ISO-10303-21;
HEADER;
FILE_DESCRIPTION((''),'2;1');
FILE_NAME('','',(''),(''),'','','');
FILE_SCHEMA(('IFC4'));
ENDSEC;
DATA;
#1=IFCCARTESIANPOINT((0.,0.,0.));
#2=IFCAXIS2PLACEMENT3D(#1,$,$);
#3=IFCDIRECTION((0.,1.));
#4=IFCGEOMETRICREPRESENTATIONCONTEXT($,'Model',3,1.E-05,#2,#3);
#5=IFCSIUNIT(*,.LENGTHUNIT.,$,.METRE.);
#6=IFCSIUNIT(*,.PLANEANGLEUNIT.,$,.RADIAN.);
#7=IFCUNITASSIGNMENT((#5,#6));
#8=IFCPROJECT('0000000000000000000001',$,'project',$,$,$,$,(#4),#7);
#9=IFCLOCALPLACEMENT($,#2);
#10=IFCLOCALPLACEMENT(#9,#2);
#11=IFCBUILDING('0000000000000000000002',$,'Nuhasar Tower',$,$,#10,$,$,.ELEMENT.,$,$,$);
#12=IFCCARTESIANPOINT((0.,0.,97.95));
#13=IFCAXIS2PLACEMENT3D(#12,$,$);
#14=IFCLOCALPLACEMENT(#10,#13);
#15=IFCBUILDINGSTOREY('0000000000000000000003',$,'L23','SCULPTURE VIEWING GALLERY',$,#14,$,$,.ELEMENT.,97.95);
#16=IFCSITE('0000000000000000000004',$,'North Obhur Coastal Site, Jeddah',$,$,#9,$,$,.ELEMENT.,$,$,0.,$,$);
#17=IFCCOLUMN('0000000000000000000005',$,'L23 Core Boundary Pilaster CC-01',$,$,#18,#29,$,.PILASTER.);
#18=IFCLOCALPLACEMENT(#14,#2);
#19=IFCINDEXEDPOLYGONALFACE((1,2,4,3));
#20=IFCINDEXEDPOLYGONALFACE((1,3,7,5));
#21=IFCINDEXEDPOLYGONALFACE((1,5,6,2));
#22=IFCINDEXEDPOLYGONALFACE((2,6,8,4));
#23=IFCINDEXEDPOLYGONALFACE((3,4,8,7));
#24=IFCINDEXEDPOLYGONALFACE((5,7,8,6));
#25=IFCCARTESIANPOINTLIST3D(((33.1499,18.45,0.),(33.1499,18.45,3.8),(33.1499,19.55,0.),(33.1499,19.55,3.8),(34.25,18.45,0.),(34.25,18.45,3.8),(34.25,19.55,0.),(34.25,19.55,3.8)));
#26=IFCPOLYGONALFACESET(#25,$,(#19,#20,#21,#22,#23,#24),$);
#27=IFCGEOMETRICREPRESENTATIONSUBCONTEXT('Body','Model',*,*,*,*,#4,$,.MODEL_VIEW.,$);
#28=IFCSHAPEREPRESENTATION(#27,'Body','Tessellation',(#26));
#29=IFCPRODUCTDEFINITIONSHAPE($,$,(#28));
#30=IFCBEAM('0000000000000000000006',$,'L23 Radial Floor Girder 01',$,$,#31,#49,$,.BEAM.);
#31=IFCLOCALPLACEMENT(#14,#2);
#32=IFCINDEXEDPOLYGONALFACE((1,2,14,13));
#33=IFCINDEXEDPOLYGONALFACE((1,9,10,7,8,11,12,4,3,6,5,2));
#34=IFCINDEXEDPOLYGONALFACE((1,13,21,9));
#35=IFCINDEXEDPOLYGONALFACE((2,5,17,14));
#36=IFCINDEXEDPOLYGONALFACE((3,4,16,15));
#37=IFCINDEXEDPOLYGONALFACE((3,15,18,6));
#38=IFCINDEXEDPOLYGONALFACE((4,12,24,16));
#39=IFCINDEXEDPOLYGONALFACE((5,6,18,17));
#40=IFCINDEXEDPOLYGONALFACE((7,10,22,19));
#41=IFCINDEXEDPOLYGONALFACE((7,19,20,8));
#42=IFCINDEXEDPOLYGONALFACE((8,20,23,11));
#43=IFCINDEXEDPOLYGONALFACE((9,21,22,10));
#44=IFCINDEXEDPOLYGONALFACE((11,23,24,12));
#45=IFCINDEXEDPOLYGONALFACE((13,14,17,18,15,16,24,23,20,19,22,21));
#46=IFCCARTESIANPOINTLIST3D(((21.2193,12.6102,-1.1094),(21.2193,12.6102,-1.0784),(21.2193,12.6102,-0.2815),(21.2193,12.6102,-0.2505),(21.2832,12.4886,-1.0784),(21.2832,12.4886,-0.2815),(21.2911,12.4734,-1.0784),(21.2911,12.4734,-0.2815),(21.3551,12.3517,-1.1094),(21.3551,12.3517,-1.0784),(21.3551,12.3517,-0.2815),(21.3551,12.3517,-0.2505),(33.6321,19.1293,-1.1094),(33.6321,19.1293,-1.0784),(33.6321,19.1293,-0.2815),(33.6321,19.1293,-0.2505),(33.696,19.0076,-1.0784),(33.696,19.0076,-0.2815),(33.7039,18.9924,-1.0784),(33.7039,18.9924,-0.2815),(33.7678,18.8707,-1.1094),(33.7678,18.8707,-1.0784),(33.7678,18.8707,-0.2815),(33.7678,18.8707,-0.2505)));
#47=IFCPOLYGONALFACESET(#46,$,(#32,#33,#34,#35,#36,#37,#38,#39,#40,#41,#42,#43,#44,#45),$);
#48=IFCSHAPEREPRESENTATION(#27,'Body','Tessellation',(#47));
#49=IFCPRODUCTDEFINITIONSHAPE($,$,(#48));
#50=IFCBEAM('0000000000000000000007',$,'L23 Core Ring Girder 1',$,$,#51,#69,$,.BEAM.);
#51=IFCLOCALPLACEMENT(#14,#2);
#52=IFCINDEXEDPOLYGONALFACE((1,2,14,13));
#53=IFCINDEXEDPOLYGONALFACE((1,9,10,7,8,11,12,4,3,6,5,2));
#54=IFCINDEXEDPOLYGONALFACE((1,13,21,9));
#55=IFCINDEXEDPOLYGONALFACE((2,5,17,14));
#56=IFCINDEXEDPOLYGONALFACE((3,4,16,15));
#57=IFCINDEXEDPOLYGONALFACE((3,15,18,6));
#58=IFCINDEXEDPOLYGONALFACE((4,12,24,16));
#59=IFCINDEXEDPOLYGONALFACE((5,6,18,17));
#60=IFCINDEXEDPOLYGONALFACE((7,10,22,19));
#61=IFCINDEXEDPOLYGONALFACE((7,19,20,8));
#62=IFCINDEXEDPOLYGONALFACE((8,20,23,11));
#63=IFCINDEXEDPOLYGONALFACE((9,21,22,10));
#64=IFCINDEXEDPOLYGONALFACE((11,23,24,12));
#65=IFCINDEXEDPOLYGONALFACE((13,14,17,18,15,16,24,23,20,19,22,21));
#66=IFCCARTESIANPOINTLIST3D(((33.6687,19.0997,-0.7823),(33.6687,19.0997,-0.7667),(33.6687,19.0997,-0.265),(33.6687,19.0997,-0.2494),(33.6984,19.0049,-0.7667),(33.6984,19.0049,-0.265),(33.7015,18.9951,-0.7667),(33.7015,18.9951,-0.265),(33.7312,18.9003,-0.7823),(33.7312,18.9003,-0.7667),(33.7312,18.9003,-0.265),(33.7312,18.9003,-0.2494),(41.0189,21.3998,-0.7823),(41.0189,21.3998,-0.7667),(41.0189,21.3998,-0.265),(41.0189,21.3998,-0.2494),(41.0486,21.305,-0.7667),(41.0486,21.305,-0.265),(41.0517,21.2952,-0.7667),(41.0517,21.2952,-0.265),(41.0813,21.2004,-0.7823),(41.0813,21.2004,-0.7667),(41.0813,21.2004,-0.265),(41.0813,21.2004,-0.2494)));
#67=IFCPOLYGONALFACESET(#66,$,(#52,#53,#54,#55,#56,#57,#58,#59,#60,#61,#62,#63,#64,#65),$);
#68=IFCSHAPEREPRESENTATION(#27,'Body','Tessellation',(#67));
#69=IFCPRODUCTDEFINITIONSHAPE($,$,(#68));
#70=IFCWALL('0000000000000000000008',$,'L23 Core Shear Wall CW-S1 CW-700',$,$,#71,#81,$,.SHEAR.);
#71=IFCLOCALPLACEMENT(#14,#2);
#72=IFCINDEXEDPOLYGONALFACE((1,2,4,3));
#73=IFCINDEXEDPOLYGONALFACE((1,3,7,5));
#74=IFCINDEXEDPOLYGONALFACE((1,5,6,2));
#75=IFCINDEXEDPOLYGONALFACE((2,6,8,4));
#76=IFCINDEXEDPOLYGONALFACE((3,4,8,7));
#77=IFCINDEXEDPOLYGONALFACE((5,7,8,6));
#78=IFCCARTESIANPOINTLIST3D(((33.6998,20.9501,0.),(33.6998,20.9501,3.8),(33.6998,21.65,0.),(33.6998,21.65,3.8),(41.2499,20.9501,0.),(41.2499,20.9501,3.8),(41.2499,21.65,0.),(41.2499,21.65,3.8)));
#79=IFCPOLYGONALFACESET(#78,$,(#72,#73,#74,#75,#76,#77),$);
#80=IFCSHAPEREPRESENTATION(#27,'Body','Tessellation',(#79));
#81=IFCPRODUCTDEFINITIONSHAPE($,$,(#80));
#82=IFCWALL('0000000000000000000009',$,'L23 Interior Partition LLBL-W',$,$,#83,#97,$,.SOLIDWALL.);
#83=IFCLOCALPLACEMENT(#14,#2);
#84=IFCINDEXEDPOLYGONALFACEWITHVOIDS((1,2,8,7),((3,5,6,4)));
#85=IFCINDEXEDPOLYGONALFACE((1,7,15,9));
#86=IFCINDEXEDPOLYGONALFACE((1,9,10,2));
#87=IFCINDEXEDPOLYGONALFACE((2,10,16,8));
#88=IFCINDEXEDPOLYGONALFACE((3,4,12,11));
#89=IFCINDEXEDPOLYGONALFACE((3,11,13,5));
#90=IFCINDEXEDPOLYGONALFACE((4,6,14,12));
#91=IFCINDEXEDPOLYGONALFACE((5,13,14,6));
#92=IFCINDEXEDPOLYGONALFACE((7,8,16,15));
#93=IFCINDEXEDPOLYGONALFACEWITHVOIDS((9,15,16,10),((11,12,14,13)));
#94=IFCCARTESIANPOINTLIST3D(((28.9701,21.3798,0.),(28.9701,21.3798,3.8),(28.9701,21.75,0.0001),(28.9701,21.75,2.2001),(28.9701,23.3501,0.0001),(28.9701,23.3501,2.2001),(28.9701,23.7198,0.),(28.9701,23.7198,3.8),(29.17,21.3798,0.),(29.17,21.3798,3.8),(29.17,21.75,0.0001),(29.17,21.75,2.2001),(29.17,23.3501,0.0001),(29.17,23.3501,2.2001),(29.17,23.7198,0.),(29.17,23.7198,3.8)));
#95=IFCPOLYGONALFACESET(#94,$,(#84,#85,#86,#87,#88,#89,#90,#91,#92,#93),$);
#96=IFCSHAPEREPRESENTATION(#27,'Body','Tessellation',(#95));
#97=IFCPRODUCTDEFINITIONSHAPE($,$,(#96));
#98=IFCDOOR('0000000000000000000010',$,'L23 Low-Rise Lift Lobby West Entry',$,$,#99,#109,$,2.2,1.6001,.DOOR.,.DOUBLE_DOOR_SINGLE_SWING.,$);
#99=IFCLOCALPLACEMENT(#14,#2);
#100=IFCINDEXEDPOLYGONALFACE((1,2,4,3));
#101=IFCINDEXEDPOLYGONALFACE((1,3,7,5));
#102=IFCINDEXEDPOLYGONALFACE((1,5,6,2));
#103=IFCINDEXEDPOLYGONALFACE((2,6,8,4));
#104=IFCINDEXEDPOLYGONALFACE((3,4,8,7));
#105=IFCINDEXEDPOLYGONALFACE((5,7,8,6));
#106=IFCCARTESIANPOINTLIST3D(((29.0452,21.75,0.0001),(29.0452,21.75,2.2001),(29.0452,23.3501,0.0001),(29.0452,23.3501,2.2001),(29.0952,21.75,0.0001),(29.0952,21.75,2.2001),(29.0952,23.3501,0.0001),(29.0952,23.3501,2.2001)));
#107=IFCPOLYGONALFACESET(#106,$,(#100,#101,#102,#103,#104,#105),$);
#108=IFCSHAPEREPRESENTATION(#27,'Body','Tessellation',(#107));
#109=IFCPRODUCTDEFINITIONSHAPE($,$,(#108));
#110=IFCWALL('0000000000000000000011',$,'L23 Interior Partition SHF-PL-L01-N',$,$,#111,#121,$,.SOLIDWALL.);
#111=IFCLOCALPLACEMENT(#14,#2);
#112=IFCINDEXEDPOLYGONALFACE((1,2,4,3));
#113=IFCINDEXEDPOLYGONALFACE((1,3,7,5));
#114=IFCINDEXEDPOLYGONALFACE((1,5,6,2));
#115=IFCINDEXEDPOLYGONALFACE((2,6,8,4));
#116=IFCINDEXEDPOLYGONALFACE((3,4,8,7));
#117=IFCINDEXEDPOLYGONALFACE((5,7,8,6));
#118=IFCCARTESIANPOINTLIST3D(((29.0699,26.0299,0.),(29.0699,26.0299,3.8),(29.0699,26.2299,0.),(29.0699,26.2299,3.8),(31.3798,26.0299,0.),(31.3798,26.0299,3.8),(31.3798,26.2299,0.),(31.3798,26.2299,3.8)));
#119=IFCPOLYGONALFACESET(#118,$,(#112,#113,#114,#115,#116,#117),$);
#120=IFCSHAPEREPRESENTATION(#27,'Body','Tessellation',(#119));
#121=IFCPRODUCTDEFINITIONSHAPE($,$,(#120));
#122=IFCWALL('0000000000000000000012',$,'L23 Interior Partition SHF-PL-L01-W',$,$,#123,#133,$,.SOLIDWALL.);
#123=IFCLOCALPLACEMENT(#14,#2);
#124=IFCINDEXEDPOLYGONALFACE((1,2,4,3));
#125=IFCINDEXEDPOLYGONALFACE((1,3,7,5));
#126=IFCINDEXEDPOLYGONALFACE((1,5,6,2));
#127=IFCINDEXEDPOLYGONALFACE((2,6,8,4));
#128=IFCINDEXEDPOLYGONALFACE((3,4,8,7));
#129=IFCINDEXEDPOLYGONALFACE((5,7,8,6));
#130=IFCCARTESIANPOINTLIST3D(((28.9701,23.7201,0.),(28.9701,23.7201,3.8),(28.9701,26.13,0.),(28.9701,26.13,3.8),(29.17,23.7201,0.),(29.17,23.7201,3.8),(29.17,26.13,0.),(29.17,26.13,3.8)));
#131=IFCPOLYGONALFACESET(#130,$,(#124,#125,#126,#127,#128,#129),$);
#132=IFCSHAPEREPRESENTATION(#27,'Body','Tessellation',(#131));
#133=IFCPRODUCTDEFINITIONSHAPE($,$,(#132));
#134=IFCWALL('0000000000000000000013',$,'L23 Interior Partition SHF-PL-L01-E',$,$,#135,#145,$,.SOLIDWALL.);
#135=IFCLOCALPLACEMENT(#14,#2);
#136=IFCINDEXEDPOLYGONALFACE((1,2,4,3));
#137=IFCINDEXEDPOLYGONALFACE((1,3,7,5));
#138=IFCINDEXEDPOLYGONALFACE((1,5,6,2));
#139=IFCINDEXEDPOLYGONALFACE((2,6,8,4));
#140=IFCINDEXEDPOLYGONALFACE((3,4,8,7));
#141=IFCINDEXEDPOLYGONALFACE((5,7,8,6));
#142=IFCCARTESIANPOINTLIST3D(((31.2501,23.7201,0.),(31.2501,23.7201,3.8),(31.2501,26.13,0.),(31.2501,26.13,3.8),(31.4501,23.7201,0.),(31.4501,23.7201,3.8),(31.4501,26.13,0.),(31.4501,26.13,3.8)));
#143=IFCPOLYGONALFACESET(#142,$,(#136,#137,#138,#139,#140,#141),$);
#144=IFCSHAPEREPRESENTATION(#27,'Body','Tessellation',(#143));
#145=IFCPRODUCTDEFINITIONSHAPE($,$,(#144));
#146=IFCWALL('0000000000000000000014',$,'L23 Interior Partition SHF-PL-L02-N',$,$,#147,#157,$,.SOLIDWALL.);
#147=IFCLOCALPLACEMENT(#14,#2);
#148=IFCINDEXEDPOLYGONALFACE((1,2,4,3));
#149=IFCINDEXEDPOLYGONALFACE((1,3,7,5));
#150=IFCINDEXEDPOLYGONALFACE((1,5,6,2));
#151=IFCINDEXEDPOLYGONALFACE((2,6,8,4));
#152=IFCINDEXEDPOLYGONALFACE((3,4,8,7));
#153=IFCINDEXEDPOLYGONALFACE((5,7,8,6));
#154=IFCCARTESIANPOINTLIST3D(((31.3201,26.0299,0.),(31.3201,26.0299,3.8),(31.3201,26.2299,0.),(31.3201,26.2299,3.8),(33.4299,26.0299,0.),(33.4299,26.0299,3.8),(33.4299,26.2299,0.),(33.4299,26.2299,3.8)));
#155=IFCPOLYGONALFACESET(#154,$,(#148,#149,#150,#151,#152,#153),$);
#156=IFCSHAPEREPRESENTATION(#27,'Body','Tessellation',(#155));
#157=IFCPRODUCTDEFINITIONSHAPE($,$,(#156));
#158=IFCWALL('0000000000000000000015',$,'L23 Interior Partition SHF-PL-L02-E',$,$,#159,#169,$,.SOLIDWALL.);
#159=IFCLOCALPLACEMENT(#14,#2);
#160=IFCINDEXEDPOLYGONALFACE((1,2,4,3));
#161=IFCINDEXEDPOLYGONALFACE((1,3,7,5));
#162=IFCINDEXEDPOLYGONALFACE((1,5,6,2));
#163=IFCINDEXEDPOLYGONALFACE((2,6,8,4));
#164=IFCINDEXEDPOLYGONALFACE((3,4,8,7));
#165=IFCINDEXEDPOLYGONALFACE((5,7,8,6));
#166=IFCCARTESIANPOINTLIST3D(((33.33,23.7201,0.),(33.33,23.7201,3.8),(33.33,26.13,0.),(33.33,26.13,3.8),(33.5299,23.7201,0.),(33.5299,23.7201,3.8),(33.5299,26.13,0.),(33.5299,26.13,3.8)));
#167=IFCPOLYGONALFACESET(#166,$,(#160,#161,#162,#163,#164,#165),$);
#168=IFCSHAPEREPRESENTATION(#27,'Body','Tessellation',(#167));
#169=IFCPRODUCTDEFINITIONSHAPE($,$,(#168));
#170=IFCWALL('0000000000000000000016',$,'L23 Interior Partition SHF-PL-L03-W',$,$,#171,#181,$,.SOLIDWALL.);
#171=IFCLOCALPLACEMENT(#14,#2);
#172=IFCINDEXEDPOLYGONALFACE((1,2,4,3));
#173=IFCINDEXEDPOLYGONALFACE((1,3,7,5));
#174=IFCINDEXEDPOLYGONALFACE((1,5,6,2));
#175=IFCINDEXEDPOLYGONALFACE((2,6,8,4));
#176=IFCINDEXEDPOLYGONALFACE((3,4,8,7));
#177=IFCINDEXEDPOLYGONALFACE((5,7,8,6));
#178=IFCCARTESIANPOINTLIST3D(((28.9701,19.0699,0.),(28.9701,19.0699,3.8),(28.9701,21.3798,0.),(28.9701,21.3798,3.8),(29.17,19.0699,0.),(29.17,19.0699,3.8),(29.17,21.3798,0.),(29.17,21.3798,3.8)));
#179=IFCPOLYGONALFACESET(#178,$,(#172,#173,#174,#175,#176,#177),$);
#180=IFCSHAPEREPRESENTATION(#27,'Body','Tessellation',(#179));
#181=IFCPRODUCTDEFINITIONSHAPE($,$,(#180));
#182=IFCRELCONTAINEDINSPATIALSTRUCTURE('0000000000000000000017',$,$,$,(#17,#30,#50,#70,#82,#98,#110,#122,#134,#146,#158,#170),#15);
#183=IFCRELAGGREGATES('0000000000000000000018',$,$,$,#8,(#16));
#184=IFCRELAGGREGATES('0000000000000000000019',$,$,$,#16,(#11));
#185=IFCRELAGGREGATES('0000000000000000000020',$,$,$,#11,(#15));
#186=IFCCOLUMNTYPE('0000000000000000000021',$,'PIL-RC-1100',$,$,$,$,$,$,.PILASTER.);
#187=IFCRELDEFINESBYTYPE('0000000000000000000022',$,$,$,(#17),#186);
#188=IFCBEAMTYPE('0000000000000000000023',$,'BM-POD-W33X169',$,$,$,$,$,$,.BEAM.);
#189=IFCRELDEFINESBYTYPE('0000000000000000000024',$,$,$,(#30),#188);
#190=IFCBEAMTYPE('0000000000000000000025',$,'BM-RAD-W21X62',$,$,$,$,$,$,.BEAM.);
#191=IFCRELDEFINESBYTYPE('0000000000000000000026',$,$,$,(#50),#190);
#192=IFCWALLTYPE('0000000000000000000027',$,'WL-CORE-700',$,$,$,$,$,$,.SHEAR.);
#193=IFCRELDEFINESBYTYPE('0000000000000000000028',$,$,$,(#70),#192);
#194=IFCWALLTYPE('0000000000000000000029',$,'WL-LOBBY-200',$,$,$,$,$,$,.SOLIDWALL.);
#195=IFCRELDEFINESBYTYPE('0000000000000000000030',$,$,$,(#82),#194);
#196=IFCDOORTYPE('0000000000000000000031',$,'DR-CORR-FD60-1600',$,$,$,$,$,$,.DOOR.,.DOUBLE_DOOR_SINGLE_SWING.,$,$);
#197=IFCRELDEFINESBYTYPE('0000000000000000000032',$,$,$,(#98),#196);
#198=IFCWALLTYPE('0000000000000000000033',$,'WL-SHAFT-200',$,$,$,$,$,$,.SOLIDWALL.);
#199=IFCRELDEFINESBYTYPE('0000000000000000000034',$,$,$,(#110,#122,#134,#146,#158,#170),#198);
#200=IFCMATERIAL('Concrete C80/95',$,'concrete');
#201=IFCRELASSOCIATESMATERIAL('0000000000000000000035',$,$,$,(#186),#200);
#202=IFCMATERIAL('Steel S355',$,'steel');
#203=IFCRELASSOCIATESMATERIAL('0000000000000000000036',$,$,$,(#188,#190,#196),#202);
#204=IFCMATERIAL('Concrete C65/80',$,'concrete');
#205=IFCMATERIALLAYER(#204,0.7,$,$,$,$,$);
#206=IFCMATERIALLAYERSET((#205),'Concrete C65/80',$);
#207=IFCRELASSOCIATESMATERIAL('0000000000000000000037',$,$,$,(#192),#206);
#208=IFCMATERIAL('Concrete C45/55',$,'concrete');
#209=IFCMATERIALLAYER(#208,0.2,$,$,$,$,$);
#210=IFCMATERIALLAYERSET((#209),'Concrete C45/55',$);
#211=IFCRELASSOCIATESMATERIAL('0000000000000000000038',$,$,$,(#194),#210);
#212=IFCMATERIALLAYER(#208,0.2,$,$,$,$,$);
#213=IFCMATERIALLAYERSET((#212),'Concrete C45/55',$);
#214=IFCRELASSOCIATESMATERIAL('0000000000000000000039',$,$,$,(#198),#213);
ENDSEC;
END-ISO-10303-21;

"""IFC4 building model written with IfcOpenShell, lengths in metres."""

from ifc_helpers import new_model, si_unit, direction, frame, frame_2d, origin, origin_2d, place, context, subcontext, project, spatial, rectangle, i_section, extrude, material, layer, layer_set, material_profile, profile_set, type_object, element, fill, save


model = new_model("IFC4")

# Units and contexts
model_context = context("Model", 3, precision=1e-05, world=origin(), true_north=direction((0.0, 1.0)))
body_context = subcontext(model_context, "Body", "Model", "MODEL_VIEW")
ifc_project = project(units=[si_unit("LENGTHUNIT", "METRE"), si_unit("PLANEANGLEUNIT", "RADIAN")], contexts=[model_context])

# Site, building, storey
site_placement = place(None, origin())
site = spatial("IfcSite", under=ifc_project, at=site_placement, Name="North Obhur Coastal Site, Jeddah", CompositionType="ELEMENT", RefElevation=0.0)
building_placement = place(site_placement, origin())
building = spatial("IfcBuilding", under=site, at=building_placement, Name="Nuhasar Tower", CompositionType="ELEMENT")
storey_placement = place(building_placement, frame((0.0, 0.0, 97.95)))
storey = spatial("IfcBuildingStorey", under=building, at=storey_placement, Name="L23", Description="SCULPTURE VIEWING GALLERY", CompositionType="ELEMENT", Elevation=97.95)

# Column
ifc_material_1 = material(Name="Concrete C80/95", Category="concrete")
ifc_material_profile_1 = material_profile(ifc_material_1, rectangle(XDim=1.1001, YDim=1.1001, at=origin_2d()), Name="RC1100X1100")
ifc_profile_set_1 = profile_set([ifc_material_profile_1], Name="Concrete C80/95")
column_type = type_object("IfcColumnType", Name="PIL-RC-1100", PredefinedType="PILASTER", material=ifc_profile_set_1)
column_placement = place(storey_placement, frame((33.7, 19.0, 0.0), z_axis=(0.0, 0.0, 1.0), x_axis=(1.0, 0.0, 0.0)))
element("IfcColumn", 1, at=column_placement, inside=storey, type_object=column_type, Name="L23 Core Boundary Pilaster CC-01", PredefinedType="PILASTER", context=body_context, shape_type="SweptSolid", body=[
    extrude(rectangle(XDim=1.1001, YDim=1.1001, at=origin_2d()), origin(), (0.0, 0.0, 1.0), 3.8),
])

# Beams
ifc_material_2 = material(Name="Steel S355", Category="steel")
ifc_material_profile_2 = material_profile(ifc_material_2, i_section(OverallWidth=0.292, OverallDepth=0.8589, WebThickness=0.0171, FlangeThickness=0.031, at=origin_2d()), Name="W33X169")
ifc_profile_set_2 = profile_set([ifc_material_profile_2], Name="Steel S355")
beam_type_1 = type_object("IfcBeamType", Name="BM-POD-W33X169", PredefinedType="BEAM", material=ifc_profile_set_2)
beam_1_placement = place(storey_placement, frame((33.7, 19.0, -0.6799), z_axis=(-0.88533, -0.464963, 0.0), x_axis=(0.464963, -0.88533, 0.0)))
element("IfcBeam", 2, at=beam_1_placement, inside=storey, type_object=beam_type_1, Name="L23 Radial Floor Girder 01", PredefinedType="BEAM", context=body_context, shape_type="SweptSolid", body=[
    extrude(i_section(OverallWidth=0.292, OverallDepth=0.8589, WebThickness=0.0171, FlangeThickness=0.031, at=origin_2d()), origin(), (0.0, 0.0, 1.0), 14.0205),
])
ifc_material_profile_3 = material_profile(ifc_material_2, i_section(OverallWidth=0.209, OverallDepth=0.533, WebThickness=0.0103, FlangeThickness=0.0156, at=origin_2d()), Name="W21X62")
ifc_profile_set_3 = profile_set([ifc_material_profile_3], Name="Steel S355")
beam_type_2 = type_object("IfcBeamType", Name="BM-RAD-W21X62", PredefinedType="BEAM", material=ifc_profile_set_3)
beam_2_placement = place(storey_placement, frame((33.7, 19.0, -0.5159), z_axis=(0.954364, 0.298647, 0.0), x_axis=(-0.298647, 0.954364, 0.0)))
element("IfcBeam", 3, at=beam_2_placement, inside=storey, type_object=beam_type_2, Name="L23 Core Ring Girder 1", PredefinedType="BEAM", context=body_context, shape_type="SweptSolid", body=[
    extrude(i_section(OverallWidth=0.209, OverallDepth=0.533, WebThickness=0.0103, FlangeThickness=0.0156, at=origin_2d()), origin(), (0.0, 0.0, 1.0), 7.7017),
])

# Wall
ifc_material_3 = material(Name="Concrete C65/80", Category="concrete")
ifc_layer_1 = layer(ifc_material_3, 0.7)
ifc_layer_set_1 = layer_set([ifc_layer_1], Name="Concrete C65/80")
wall_type_1 = type_object("IfcWallType", Name="WL-CORE-700", PredefinedType="SHEAR", material=ifc_layer_set_1)
wall_1_placement = place(storey_placement, frame((33.7, 21.3, 0.0), z_axis=(0.0, 0.0, 1.0), x_axis=(1.0, 0.0, 0.0)))
element("IfcWall", 4, at=wall_1_placement, inside=storey, type_object=wall_type_1, Name="L23 Core Shear Wall CW-S1 CW-700", PredefinedType="SHEAR", context=body_context, shape_type="SweptSolid", body=[
    extrude(rectangle(XDim=7.55, YDim=0.7, at=frame_2d((3.7749, 0.0))), origin(), (0.0, 0.0, 1.0), 3.8),
])

# Wall, opening, door
ifc_material_4 = material(Name="Concrete C45/55", Category="concrete")
ifc_layer_2 = layer(ifc_material_4, 0.2)
ifc_layer_set_2 = layer_set([ifc_layer_2], Name="Concrete C45/55")
wall_type_2 = type_object("IfcWallType", Name="WL-LOBBY-200", PredefinedType="SOLIDWALL", material=ifc_layer_set_2)
wall_2_placement = place(storey_placement, frame((29.0701, 21.3799, 0.0), z_axis=(0.0, 0.0, 1.0), x_axis=(0.0, 1.0, 0.0)))
wall_2 = element("IfcWall", 5, at=wall_2_placement, inside=storey, type_object=wall_type_2, Name="L23 Interior Partition LLBL-W", PredefinedType="SOLIDWALL", context=body_context, shape_type="SweptSolid", body=[
    extrude(rectangle(XDim=2.3401, YDim=0.2, at=frame_2d((1.1699, 0.0))), origin(), (0.0, 0.0, 1.0), 3.8),
])
opening_1_placement = place(wall_2_placement, frame((0.3701, 0.0, 0.0)))
opening_1 = element("IfcOpeningElement", 6, at=opening_1_placement, cuts=wall_2, PredefinedType="OPENING", context=body_context, shape_type="SweptSolid", body=[
    extrude(rectangle(XDim=1.6001, YDim=2.2, at=frame_2d((0.8, 1.1001))), frame((0.0, 0.1099, 0.0), z_axis=(0.0, -1.0, 0.0), x_axis=(1.0, 0.0, 0.0)), (0.0, 0.0, 1.0), 0.22),
])
door_type_1 = type_object("IfcDoorType", Name="DR-CORR-FD60-1600", OperationType="DOUBLE_DOOR_SINGLE_SWING", PredefinedType="DOOR", material=ifc_material_2)
door_1_placement = place(opening_1_placement, origin())
door_1 = element("IfcDoor", 7, at=door_1_placement, inside=storey, type_object=door_type_1, Name="L23 Low-Rise Lift Lobby West Entry", OperationType="DOUBLE_DOOR_SINGLE_SWING", OverallHeight=2.2, OverallWidth=1.6001, PredefinedType="DOOR", context=body_context, shape_type="SweptSolid", body=[
    extrude(rectangle(XDim=1.6001, YDim=2.2, at=frame_2d((0.8, 1.1001))), frame((0.0, 0.0249, 0.0), z_axis=(0.0, -1.0, 0.0), x_axis=(1.0, 0.0, 0.0)), (0.0, 0.0, 1.0), 0.05),
])
fill(opening_1, door_1)
ifc_layer_3 = layer(ifc_material_4, 0.2)
ifc_layer_set_3 = layer_set([ifc_layer_3], Name="Concrete C45/55")
wall_type_3 = type_object("IfcWallType", Name="WL-SHAFT-200", PredefinedType="SOLIDWALL", material=ifc_layer_set_3)

# Walls
wall_3_placement = place(storey_placement, frame((29.0701, 26.1299, 0.0), z_axis=(0.0, 0.0, 1.0), x_axis=(1.0, 0.0, 0.0)))
element("IfcWall", 8, at=wall_3_placement, inside=storey, type_object=wall_type_3, Name="L23 Interior Partition SHF-PL-L01-N", PredefinedType="SOLIDWALL", context=body_context, shape_type="SweptSolid", body=[
    extrude(rectangle(XDim=2.3098, YDim=0.2, at=frame_2d((1.1548, 0.0))), origin(), (0.0, 0.0, 1.0), 3.8),
])
for number, where, z_axis, x_axis, name in (
    (9, (29.0701, 23.72, 0.0), (0.0, 0.0, 1.0), (0.0, 1.0, 0.0), "L23 Interior Partition SHF-PL-L01-W"),
    (10, (31.3501, 23.72, 0.0), (0.0, 0.0, 1.0), (0.0, 1.0, 0.0), "L23 Interior Partition SHF-PL-L01-E"),
):
    element("IfcWall", number, at=place(storey_placement, frame(where, z_axis=z_axis, x_axis=x_axis)), inside=storey, type_object=wall_type_3, Name=name, PredefinedType="SOLIDWALL", context=body_context, shape_type="SweptSolid", body=[
        extrude(rectangle(XDim=2.4099, YDim=0.2, at=frame_2d((1.2051, 0.0))), origin(), (0.0, 0.0, 1.0), 3.8),
    ])

# Walls
wall_4_placement = place(storey_placement, frame((31.3201, 26.1299, 0.0), z_axis=(0.0, 0.0, 1.0), x_axis=(1.0, 0.0, 0.0)))
element("IfcWall", 11, at=wall_4_placement, inside=storey, type_object=wall_type_3, Name="L23 Interior Partition SHF-PL-L02-N", PredefinedType="SOLIDWALL", context=body_context, shape_type="SweptSolid", body=[
    extrude(rectangle(XDim=2.1099, YDim=0.2, at=frame_2d((1.0549, 0.0))), origin(), (0.0, 0.0, 1.0), 3.8),
])
wall_5_placement = place(storey_placement, frame((33.4299, 23.72, 0.0), z_axis=(0.0, 0.0, 1.0), x_axis=(0.0, 1.0, 0.0)))
element("IfcWall", 12, at=wall_5_placement, inside=storey, type_object=wall_type_3, Name="L23 Interior Partition SHF-PL-L02-E", PredefinedType="SOLIDWALL", context=body_context, shape_type="SweptSolid", body=[
    extrude(rectangle(XDim=2.4099, YDim=0.2, at=frame_2d((1.2051, 0.0))), origin(), (0.0, 0.0, 1.0), 3.8),
])

# Wall
for number, where, z_axis, x_axis, name in (
    (13, (29.0701, 19.0701, 0.0), (0.0, 0.0, 1.0), (0.0, 1.0, 0.0), "L23 Interior Partition SHF-PL-L03-W"),
):
    element("IfcWall", number, at=place(storey_placement, frame(where, z_axis=z_axis, x_axis=x_axis)), inside=storey, type_object=wall_type_3, Name=name, PredefinedType="SOLIDWALL", context=body_context, shape_type="SweptSolid", body=[
        extrude(rectangle(XDim=2.3098, YDim=0.2, at=frame_2d((1.1548, 0.0))), origin(), (0.0, 0.0, 1.0), 3.8),
    ])

save(model, "model.ifc")
